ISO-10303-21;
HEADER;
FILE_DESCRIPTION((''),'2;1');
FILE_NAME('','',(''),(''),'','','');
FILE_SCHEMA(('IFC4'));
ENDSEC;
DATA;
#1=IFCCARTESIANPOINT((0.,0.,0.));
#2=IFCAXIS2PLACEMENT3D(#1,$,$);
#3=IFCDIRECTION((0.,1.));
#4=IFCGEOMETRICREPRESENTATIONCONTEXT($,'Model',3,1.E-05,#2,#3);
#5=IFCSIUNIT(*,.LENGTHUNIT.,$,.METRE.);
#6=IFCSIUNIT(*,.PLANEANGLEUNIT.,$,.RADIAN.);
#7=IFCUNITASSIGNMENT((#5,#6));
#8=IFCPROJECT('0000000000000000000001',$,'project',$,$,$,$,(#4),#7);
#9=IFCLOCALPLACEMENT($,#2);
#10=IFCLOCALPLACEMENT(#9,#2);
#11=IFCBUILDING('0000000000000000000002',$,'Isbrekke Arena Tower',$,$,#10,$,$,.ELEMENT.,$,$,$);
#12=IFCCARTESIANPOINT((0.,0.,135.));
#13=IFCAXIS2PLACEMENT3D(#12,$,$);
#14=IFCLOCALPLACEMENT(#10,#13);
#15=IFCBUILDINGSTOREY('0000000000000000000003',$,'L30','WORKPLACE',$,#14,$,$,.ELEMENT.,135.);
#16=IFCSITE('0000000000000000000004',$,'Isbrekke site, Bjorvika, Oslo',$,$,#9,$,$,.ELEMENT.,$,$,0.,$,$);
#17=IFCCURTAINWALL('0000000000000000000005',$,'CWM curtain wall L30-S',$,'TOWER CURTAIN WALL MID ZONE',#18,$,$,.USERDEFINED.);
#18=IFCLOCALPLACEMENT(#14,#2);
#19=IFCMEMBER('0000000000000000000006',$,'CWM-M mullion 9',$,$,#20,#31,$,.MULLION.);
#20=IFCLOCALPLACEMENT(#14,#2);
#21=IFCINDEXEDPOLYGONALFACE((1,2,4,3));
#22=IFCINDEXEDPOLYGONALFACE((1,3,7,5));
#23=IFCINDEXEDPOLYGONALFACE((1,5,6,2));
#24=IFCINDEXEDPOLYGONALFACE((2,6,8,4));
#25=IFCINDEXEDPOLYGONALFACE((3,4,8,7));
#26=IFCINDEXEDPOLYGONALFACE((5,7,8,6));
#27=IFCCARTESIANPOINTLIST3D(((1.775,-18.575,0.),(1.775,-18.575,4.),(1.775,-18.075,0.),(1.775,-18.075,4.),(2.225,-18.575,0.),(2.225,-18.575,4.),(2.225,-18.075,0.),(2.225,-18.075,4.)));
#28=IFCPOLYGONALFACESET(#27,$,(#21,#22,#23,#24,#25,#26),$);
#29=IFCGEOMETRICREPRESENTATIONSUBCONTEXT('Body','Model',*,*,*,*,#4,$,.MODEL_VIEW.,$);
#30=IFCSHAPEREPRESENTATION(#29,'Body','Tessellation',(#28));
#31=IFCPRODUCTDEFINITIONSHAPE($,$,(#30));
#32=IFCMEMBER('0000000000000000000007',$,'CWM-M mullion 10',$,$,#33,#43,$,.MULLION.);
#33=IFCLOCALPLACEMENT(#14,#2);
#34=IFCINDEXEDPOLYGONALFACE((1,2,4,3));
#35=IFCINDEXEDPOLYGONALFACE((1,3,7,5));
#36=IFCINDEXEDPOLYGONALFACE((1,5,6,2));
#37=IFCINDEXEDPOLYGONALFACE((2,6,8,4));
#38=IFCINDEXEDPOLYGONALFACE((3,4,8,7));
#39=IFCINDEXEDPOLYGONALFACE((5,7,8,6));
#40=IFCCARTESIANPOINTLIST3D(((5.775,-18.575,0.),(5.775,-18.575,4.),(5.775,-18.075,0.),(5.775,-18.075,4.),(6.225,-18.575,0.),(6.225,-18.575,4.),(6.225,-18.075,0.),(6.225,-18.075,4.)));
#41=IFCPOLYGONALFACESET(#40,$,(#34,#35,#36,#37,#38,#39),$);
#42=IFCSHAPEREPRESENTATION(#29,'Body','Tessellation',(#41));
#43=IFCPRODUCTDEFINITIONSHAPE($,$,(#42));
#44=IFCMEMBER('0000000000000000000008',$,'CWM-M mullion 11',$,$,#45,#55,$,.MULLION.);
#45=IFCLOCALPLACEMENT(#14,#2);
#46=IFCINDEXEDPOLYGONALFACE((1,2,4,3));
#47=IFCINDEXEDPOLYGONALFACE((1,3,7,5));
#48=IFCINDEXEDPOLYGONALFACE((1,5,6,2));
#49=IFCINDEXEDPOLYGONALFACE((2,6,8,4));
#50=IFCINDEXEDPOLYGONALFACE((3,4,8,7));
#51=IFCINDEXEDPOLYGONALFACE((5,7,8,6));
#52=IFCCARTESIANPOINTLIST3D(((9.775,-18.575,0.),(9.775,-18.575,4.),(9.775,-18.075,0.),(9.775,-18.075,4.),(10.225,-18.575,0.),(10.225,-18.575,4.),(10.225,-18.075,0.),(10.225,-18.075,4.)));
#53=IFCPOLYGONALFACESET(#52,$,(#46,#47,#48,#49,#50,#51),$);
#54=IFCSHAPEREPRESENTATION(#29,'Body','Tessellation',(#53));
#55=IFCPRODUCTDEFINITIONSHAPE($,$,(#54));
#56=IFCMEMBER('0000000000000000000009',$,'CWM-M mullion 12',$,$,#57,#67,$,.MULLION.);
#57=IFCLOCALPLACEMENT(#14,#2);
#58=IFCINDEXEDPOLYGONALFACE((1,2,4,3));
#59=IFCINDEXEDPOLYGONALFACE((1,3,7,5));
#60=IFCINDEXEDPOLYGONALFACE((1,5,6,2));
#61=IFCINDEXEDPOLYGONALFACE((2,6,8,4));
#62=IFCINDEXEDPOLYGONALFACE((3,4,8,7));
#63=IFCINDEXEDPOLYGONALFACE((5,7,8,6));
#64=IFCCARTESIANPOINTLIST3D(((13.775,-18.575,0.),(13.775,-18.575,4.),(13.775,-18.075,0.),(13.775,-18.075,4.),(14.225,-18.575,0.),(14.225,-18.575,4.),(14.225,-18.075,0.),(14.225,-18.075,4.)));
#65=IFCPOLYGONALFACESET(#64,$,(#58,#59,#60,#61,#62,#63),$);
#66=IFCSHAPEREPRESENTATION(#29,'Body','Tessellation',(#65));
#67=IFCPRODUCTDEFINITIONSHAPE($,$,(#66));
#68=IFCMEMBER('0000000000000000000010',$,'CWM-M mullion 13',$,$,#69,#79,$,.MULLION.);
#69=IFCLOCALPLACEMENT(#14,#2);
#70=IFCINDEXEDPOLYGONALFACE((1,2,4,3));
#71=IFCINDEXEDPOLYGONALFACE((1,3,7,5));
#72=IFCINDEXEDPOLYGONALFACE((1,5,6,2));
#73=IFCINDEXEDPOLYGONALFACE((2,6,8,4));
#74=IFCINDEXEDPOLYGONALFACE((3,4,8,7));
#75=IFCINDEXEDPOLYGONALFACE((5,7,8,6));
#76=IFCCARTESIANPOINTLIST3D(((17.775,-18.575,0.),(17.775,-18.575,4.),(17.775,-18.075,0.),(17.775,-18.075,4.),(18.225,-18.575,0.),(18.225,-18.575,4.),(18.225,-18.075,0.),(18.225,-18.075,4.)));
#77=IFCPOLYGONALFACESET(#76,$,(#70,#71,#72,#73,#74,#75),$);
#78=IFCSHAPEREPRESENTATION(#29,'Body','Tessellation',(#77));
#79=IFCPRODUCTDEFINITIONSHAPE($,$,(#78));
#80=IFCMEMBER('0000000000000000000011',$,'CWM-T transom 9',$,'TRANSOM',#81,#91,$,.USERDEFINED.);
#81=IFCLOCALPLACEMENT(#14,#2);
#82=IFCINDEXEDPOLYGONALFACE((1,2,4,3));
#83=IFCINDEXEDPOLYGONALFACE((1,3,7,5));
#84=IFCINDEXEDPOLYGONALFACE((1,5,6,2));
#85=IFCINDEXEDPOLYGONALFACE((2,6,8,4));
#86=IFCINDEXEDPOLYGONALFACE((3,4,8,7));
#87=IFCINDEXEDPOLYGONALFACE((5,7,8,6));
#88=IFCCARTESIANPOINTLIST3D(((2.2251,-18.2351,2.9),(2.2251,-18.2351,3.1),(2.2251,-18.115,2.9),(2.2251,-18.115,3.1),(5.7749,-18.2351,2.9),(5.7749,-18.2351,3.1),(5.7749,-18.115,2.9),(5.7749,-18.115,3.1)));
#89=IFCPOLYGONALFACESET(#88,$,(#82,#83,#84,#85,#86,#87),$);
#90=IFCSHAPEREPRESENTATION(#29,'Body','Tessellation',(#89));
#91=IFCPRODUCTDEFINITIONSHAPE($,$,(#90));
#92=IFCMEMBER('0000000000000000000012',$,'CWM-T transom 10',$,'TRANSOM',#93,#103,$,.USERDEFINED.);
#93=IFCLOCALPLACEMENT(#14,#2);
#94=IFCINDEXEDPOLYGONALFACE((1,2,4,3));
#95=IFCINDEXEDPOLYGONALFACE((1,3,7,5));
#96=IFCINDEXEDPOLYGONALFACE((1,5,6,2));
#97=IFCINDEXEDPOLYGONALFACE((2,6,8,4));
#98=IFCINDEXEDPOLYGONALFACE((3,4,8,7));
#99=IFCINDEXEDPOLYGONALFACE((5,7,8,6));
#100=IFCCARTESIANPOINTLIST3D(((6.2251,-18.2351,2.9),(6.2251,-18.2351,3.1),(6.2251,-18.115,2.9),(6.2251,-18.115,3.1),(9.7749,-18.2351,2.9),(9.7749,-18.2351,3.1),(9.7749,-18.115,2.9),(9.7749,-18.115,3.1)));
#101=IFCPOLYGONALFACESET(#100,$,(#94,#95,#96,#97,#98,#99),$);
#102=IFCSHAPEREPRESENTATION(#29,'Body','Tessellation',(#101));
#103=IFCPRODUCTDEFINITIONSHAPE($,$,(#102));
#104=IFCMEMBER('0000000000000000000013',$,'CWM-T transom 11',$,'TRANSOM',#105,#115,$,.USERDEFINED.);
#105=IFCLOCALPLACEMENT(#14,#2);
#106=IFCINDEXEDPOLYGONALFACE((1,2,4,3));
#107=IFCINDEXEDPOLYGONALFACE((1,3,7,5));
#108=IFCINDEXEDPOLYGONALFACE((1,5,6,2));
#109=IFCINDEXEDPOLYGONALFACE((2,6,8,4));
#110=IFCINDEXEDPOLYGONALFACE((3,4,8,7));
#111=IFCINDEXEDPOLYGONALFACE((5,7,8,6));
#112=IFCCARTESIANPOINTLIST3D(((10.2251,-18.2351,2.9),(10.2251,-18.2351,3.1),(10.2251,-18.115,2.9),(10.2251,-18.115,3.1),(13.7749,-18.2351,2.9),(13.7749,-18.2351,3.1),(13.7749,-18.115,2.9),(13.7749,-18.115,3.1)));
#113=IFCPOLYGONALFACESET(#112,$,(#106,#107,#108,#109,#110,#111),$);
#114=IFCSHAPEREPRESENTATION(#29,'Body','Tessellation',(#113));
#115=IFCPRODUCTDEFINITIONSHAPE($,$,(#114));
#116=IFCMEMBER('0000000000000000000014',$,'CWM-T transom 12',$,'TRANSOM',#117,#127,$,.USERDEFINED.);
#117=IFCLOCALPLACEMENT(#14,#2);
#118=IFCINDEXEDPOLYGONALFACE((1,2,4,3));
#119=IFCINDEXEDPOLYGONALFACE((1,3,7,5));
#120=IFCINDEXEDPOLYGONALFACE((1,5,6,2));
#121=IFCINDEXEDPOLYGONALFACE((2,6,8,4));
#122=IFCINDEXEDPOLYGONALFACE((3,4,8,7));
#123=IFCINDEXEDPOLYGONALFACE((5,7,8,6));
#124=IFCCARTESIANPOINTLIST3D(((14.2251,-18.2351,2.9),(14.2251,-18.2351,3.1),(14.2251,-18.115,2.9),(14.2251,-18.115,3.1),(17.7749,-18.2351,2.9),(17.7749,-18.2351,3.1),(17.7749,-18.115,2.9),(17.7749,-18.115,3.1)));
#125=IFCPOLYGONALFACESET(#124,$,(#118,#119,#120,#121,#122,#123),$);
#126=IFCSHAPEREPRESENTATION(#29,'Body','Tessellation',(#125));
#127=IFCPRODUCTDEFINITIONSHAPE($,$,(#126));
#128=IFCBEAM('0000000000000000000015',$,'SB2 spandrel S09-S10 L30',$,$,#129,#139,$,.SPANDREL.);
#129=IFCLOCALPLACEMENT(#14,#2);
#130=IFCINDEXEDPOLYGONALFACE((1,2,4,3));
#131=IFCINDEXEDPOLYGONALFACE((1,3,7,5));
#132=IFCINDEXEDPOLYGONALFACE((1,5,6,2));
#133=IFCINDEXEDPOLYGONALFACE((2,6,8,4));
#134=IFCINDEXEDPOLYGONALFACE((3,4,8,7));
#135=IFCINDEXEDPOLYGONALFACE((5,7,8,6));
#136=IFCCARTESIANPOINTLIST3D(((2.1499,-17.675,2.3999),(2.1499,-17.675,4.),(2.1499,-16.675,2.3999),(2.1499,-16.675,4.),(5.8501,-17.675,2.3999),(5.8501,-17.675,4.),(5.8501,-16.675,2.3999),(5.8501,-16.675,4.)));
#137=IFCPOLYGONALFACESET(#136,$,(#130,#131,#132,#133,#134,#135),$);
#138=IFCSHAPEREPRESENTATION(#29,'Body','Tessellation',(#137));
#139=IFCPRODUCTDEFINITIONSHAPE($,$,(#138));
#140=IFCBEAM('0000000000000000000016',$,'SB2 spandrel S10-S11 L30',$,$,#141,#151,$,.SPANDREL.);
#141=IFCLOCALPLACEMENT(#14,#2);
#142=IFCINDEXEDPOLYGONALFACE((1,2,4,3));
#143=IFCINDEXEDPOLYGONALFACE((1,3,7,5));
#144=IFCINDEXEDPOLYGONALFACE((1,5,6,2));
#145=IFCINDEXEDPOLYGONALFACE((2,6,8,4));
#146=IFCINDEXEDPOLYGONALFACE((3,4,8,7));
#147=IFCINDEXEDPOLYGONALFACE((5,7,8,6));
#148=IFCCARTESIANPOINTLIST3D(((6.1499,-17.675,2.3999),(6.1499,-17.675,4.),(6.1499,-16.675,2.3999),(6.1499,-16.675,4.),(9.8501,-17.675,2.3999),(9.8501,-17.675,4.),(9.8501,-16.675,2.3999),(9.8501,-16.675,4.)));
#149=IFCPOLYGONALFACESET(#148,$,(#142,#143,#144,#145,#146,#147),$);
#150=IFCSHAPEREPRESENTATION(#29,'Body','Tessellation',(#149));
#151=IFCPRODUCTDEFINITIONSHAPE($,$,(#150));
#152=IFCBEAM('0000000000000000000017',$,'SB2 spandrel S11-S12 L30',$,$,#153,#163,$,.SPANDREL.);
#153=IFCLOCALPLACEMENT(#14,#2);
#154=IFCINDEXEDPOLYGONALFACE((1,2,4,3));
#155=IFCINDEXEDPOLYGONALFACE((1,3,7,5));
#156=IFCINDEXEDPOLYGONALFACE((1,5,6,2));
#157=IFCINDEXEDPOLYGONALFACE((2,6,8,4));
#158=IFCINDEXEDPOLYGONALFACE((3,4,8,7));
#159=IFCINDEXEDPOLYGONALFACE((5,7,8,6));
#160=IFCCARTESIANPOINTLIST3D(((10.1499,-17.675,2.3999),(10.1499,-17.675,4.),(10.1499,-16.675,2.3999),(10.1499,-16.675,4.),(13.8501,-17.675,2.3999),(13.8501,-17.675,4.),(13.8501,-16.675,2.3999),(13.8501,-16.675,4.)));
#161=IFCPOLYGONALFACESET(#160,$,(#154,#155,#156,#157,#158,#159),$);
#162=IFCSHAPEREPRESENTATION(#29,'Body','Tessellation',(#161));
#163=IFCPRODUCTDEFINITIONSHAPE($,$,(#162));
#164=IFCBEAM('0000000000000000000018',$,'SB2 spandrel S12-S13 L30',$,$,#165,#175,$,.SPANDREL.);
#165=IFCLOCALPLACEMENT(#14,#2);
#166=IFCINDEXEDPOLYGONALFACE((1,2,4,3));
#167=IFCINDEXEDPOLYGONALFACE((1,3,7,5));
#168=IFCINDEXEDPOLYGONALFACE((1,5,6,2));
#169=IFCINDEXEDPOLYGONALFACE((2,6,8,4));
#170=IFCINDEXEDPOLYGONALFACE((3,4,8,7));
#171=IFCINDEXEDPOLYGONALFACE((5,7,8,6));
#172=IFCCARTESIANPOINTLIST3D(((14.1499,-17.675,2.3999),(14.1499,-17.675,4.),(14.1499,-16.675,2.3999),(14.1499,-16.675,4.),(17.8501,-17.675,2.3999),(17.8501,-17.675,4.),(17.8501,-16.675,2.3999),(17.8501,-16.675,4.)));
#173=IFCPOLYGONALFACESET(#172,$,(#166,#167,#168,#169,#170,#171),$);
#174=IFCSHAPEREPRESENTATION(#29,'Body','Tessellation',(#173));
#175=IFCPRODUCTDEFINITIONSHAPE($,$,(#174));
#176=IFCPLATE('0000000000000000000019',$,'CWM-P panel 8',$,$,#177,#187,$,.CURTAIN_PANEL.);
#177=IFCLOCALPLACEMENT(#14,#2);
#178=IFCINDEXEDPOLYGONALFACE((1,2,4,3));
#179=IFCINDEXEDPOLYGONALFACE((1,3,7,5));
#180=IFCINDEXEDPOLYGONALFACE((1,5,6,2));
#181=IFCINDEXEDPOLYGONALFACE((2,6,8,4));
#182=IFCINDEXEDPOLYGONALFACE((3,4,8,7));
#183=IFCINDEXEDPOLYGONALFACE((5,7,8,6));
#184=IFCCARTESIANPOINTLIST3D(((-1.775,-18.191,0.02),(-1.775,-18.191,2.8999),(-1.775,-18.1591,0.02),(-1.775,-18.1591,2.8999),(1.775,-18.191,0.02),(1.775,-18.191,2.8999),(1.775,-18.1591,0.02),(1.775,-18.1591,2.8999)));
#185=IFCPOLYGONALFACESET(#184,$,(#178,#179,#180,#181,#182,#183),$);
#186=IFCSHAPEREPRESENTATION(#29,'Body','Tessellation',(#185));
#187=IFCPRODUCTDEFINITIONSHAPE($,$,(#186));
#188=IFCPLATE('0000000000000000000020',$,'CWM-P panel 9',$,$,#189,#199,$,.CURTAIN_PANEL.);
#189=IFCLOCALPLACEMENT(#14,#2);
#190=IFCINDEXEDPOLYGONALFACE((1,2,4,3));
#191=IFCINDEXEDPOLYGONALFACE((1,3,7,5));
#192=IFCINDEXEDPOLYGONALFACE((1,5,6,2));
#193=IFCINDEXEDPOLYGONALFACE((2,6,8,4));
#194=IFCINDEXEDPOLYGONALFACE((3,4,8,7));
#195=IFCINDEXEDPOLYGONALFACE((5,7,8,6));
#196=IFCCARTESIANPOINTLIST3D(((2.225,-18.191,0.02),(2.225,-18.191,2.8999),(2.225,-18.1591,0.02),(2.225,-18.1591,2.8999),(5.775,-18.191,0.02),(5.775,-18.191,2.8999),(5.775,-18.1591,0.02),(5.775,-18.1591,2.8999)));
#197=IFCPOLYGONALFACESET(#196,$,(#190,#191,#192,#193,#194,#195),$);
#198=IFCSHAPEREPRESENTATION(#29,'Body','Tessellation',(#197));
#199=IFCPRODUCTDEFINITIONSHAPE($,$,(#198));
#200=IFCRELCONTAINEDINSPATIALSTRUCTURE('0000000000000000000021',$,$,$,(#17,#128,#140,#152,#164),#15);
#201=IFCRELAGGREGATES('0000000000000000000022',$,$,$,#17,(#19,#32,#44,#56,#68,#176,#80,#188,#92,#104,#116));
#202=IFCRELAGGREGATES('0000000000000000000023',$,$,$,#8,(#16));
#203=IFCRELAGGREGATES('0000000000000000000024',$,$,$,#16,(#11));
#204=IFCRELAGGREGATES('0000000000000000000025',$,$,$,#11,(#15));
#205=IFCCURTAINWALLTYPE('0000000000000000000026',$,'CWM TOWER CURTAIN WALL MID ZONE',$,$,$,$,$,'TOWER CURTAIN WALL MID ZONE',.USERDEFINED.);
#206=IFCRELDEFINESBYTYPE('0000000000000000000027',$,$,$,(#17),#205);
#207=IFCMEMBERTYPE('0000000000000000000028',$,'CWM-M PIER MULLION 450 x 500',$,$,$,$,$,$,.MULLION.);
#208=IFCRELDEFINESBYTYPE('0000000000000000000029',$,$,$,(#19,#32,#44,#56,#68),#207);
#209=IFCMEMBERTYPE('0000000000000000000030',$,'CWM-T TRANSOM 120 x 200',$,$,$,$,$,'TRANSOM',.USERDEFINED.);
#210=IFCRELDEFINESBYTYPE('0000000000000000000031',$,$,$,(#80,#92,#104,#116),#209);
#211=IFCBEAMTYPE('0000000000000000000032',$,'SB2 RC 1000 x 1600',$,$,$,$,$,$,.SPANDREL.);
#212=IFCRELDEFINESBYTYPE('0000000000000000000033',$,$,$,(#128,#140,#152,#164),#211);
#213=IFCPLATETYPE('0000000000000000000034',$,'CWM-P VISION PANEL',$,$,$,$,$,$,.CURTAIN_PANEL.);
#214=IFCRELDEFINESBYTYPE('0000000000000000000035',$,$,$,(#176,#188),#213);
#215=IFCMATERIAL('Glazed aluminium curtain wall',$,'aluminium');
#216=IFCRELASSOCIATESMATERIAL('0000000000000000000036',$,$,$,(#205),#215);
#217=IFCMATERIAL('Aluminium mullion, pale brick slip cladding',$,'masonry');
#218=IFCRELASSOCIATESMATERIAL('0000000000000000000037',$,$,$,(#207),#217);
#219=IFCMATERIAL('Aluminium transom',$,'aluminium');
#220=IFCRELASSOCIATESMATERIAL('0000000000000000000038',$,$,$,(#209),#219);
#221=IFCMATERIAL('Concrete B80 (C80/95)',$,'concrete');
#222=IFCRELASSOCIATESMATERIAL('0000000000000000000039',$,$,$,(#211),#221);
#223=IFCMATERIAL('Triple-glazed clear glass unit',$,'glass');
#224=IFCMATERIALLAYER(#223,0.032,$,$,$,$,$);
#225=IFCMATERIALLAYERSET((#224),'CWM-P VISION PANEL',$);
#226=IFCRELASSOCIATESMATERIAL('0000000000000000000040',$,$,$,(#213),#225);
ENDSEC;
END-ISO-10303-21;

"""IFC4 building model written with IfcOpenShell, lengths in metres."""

from ifc_helpers import new_model, si_unit, direction, frame, origin, origin_2d, place, context, subcontext, project, spatial, rectangle, extrude, material, layer, layer_set, material_profile, profile_set, type_object, element, aggregate, save


model = new_model("IFC4")

# Units and contexts
model_context = context("Model", 3, precision=1e-05, world=origin(), true_north=direction((0.0, 1.0)))
body_context = subcontext(model_context, "Body", "Model", "MODEL_VIEW")
ifc_project = project(units=[si_unit("LENGTHUNIT", "METRE"), si_unit("PLANEANGLEUNIT", "RADIAN")], contexts=[model_context])

# Site, building, storey
site_placement = place(None, origin())
site = spatial("IfcSite", under=ifc_project, at=site_placement, Name="Isbrekke site, Bjorvika, Oslo", CompositionType="ELEMENT", RefElevation=0.0)
building_placement = place(site_placement, origin())
building = spatial("IfcBuilding", under=site, at=building_placement, Name="Isbrekke Arena Tower", CompositionType="ELEMENT")
storey_placement = place(building_placement, frame((0.0, 0.0, 135.0)))
storey = spatial("IfcBuildingStorey", under=building, at=storey_placement, Name="L30", Description="WORKPLACE", CompositionType="ELEMENT", Elevation=135.0)

# Curtain wall, members
ifc_material_1 = material(Name="Glazed aluminium curtain wall", Category="aluminium")
curtain_wall_type = type_object("IfcCurtainWallType", Name="CWM TOWER CURTAIN WALL MID ZONE", ElementType="TOWER CURTAIN WALL MID ZONE", PredefinedType="USERDEFINED", material=ifc_material_1)
curtain_wall_placement = place(storey_placement, origin())
curtain_wall = element("IfcCurtainWall", 1, at=curtain_wall_placement, inside=storey, type_object=curtain_wall_type, Name="CWM curtain wall L30-S", ObjectType="TOWER CURTAIN WALL MID ZONE", PredefinedType="USERDEFINED")
ifc_material_2 = material(Name="Aluminium mullion, pale brick slip cladding", Category="masonry")
ifc_material_profile_1 = material_profile(ifc_material_2, rectangle(XDim=0.45, YDim=0.5, at=origin_2d()), Name="PIER 450X500")
ifc_profile_set_1 = profile_set([ifc_material_profile_1], Name="Aluminium mullion, pale brick slip cladding")
member_type_1 = type_object("IfcMemberType", Name="CWM-M PIER MULLION 450 x 500", PredefinedType="MULLION", material=ifc_profile_set_1)
member_1_placement = place(storey_placement, frame((2.0, -18.325, 0.0), z_axis=(0.0, 0.0, 1.0), x_axis=(1.0, 0.0, 0.0)))
member_1 = element("IfcMember", 2, at=member_1_placement, type_object=member_type_1, Name="CWM-M mullion 9", PredefinedType="MULLION", context=body_context, shape_type="SweptSolid", body=[
    extrude(rectangle(XDim=0.45, YDim=0.5, at=origin_2d()), origin(), (0.0, 0.0, 1.0), 4.0),
])
member_2_placement = place(storey_placement, frame((6.0, -18.325, 0.0), z_axis=(0.0, 0.0, 1.0), x_axis=(1.0, 0.0, 0.0)))
member_2 = element("IfcMember", 3, at=member_2_placement, type_object=member_type_1, Name="CWM-M mullion 10", PredefinedType="MULLION", context=body_context, shape_type="SweptSolid", body=[
    extrude(rectangle(XDim=0.45, YDim=0.5, at=origin_2d()), origin(), (0.0, 0.0, 1.0), 4.0),
])
member_3_placement = place(storey_placement, frame((10.0, -18.325, 0.0), z_axis=(0.0, 0.0, 1.0), x_axis=(1.0, 0.0, 0.0)))
member_3 = element("IfcMember", 4, at=member_3_placement, type_object=member_type_1, Name="CWM-M mullion 11", PredefinedType="MULLION", context=body_context, shape_type="SweptSolid", body=[
    extrude(rectangle(XDim=0.45, YDim=0.5, at=origin_2d()), origin(), (0.0, 0.0, 1.0), 4.0),
])
member_4_placement = place(storey_placement, frame((14.0, -18.325, 0.0), z_axis=(0.0, 0.0, 1.0), x_axis=(1.0, 0.0, 0.0)))
member_4 = element("IfcMember", 5, at=member_4_placement, type_object=member_type_1, Name="CWM-M mullion 12", PredefinedType="MULLION", context=body_context, shape_type="SweptSolid", body=[
    extrude(rectangle(XDim=0.45, YDim=0.5, at=origin_2d()), origin(), (0.0, 0.0, 1.0), 4.0),
])
member_5_placement = place(storey_placement, frame((18.0, -18.325, 0.0), z_axis=(0.0, 0.0, 1.0), x_axis=(1.0, 0.0, 0.0)))
member_5 = element("IfcMember", 6, at=member_5_placement, type_object=member_type_1, Name="CWM-M mullion 13", PredefinedType="MULLION", context=body_context, shape_type="SweptSolid", body=[
    extrude(rectangle(XDim=0.45, YDim=0.5, at=origin_2d()), origin(), (0.0, 0.0, 1.0), 4.0),
])
ifc_material_3 = material(Name="Aluminium transom", Category="aluminium")
ifc_material_profile_2 = material_profile(ifc_material_3, rectangle(XDim=0.1201, YDim=0.2, at=origin_2d()), Name="TRANSOM 120X200")
ifc_profile_set_2 = profile_set([ifc_material_profile_2], Name="Aluminium transom")
member_type_2 = type_object("IfcMemberType", Name="CWM-T TRANSOM 120 x 200", ElementType="TRANSOM", PredefinedType="USERDEFINED", material=ifc_profile_set_2)
member_6_placement = place(storey_placement, frame((2.2251, -18.175, 3.0), z_axis=(1.0, 0.0, 0.0), x_axis=(0.0, 1.0, 0.0)))
member_6 = element("IfcMember", 7, at=member_6_placement, type_object=member_type_2, Name="CWM-T transom 9", ObjectType="TRANSOM", PredefinedType="USERDEFINED", context=body_context, shape_type="SweptSolid", body=[
    extrude(rectangle(XDim=0.1201, YDim=0.2, at=origin_2d()), origin(), (0.0, 0.0, 1.0), 3.5498),
])
member_7_placement = place(storey_placement, frame((6.2251, -18.175, 3.0), z_axis=(1.0, 0.0, 0.0), x_axis=(0.0, 1.0, 0.0)))
member_7 = element("IfcMember", 8, at=member_7_placement, type_object=member_type_2, Name="CWM-T transom 10", ObjectType="TRANSOM", PredefinedType="USERDEFINED", context=body_context, shape_type="SweptSolid", body=[
    extrude(rectangle(XDim=0.1201, YDim=0.2, at=origin_2d()), origin(), (0.0, 0.0, 1.0), 3.5498),
])
member_8_placement = place(storey_placement, frame((10.2251, -18.175, 3.0), z_axis=(1.0, 0.0, 0.0), x_axis=(0.0, 1.0, 0.0)))
member_8 = element("IfcMember", 9, at=member_8_placement, type_object=member_type_2, Name="CWM-T transom 11", ObjectType="TRANSOM", PredefinedType="USERDEFINED", context=body_context, shape_type="SweptSolid", body=[
    extrude(rectangle(XDim=0.1201, YDim=0.2, at=origin_2d()), origin(), (0.0, 0.0, 1.0), 3.5498),
])
member_9_placement = place(storey_placement, frame((14.2251, -18.175, 3.0), z_axis=(1.0, 0.0, 0.0), x_axis=(0.0, 1.0, 0.0)))
member_9 = element("IfcMember", 10, at=member_9_placement, type_object=member_type_2, Name="CWM-T transom 12", ObjectType="TRANSOM", PredefinedType="USERDEFINED", context=body_context, shape_type="SweptSolid", body=[
    extrude(rectangle(XDim=0.1201, YDim=0.2, at=origin_2d()), origin(), (0.0, 0.0, 1.0), 3.5498),
])

# Beams
ifc_material_4 = material(Name="Concrete B80 (C80/95)", Category="concrete")
ifc_material_profile_3 = material_profile(ifc_material_4, rectangle(XDim=1.0, YDim=1.6001, at=origin_2d()), Name="RC 1000x1600")
ifc_profile_set_3 = profile_set([ifc_material_profile_3], Name="Concrete B80 (C80/95)")
beam_type_1 = type_object("IfcBeamType", Name="SB2 RC 1000 x 1600", PredefinedType="SPANDREL", material=ifc_profile_set_3)
for number, where, z_axis, x_axis, name in (
    (11, (2.1499, -17.175, 3.2), (1.0, 0.0, 0.0), (0.0, 1.0, 0.0), "SB2 spandrel S09-S10 L30"),
    (12, (6.1499, -17.175, 3.2), (1.0, 0.0, 0.0), (0.0, 1.0, 0.0), "SB2 spandrel S10-S11 L30"),
    (13, (10.1499, -17.175, 3.2), (1.0, 0.0, 0.0), (0.0, 1.0, 0.0), "SB2 spandrel S11-S12 L30"),
    (14, (14.1499, -17.175, 3.2), (1.0, 0.0, 0.0), (0.0, 1.0, 0.0), "SB2 spandrel S12-S13 L30"),
):
    element("IfcBeam", number, at=place(storey_placement, frame(where, z_axis=z_axis, x_axis=x_axis)), inside=storey, type_object=beam_type_1, Name=name, PredefinedType="SPANDREL", context=body_context, shape_type="SweptSolid", body=[
        extrude(rectangle(XDim=1.0, YDim=1.6001, at=origin_2d()), origin(), (0.0, 0.0, 1.0), 3.7002),
    ])

# Plates
ifc_material_5 = material(Name="Triple-glazed clear glass unit", Category="glass")
ifc_layer = layer(ifc_material_5, 0.032)
ifc_layer_set = layer_set([ifc_layer], Name="CWM-P VISION PANEL")
plate_type = type_object("IfcPlateType", Name="CWM-P VISION PANEL", PredefinedType="CURTAIN_PANEL", material=ifc_layer_set)
plate_1_placement = place(storey_placement, frame((0.0, -18.175, 0.02), z_axis=(0.0, 0.0, 1.0), x_axis=(1.0, 0.0, 0.0)))
plate_1 = element("IfcPlate", 15, at=plate_1_placement, type_object=plate_type, Name="CWM-P panel 8", PredefinedType="CURTAIN_PANEL", context=body_context, shape_type="SweptSolid", body=[
    extrude(rectangle(XDim=3.55, YDim=0.032, at=origin_2d()), origin(), (0.0, 0.0, 1.0), 2.8799),
])
plate_2_placement = place(storey_placement, frame((4.0, -18.175, 0.02), z_axis=(0.0, 0.0, 1.0), x_axis=(1.0, 0.0, 0.0)))
plate_2 = element("IfcPlate", 16, at=plate_2_placement, type_object=plate_type, Name="CWM-P panel 9", PredefinedType="CURTAIN_PANEL", context=body_context, shape_type="SweptSolid", body=[
    extrude(rectangle(XDim=3.55, YDim=0.032, at=origin_2d()), origin(), (0.0, 0.0, 1.0), 2.8799),
])
aggregate(curtain_wall, [member_1, member_2, member_3, member_4, member_5, plate_1, member_6, plate_2, member_7, member_8, member_9])

save(model, "model.ifc")
